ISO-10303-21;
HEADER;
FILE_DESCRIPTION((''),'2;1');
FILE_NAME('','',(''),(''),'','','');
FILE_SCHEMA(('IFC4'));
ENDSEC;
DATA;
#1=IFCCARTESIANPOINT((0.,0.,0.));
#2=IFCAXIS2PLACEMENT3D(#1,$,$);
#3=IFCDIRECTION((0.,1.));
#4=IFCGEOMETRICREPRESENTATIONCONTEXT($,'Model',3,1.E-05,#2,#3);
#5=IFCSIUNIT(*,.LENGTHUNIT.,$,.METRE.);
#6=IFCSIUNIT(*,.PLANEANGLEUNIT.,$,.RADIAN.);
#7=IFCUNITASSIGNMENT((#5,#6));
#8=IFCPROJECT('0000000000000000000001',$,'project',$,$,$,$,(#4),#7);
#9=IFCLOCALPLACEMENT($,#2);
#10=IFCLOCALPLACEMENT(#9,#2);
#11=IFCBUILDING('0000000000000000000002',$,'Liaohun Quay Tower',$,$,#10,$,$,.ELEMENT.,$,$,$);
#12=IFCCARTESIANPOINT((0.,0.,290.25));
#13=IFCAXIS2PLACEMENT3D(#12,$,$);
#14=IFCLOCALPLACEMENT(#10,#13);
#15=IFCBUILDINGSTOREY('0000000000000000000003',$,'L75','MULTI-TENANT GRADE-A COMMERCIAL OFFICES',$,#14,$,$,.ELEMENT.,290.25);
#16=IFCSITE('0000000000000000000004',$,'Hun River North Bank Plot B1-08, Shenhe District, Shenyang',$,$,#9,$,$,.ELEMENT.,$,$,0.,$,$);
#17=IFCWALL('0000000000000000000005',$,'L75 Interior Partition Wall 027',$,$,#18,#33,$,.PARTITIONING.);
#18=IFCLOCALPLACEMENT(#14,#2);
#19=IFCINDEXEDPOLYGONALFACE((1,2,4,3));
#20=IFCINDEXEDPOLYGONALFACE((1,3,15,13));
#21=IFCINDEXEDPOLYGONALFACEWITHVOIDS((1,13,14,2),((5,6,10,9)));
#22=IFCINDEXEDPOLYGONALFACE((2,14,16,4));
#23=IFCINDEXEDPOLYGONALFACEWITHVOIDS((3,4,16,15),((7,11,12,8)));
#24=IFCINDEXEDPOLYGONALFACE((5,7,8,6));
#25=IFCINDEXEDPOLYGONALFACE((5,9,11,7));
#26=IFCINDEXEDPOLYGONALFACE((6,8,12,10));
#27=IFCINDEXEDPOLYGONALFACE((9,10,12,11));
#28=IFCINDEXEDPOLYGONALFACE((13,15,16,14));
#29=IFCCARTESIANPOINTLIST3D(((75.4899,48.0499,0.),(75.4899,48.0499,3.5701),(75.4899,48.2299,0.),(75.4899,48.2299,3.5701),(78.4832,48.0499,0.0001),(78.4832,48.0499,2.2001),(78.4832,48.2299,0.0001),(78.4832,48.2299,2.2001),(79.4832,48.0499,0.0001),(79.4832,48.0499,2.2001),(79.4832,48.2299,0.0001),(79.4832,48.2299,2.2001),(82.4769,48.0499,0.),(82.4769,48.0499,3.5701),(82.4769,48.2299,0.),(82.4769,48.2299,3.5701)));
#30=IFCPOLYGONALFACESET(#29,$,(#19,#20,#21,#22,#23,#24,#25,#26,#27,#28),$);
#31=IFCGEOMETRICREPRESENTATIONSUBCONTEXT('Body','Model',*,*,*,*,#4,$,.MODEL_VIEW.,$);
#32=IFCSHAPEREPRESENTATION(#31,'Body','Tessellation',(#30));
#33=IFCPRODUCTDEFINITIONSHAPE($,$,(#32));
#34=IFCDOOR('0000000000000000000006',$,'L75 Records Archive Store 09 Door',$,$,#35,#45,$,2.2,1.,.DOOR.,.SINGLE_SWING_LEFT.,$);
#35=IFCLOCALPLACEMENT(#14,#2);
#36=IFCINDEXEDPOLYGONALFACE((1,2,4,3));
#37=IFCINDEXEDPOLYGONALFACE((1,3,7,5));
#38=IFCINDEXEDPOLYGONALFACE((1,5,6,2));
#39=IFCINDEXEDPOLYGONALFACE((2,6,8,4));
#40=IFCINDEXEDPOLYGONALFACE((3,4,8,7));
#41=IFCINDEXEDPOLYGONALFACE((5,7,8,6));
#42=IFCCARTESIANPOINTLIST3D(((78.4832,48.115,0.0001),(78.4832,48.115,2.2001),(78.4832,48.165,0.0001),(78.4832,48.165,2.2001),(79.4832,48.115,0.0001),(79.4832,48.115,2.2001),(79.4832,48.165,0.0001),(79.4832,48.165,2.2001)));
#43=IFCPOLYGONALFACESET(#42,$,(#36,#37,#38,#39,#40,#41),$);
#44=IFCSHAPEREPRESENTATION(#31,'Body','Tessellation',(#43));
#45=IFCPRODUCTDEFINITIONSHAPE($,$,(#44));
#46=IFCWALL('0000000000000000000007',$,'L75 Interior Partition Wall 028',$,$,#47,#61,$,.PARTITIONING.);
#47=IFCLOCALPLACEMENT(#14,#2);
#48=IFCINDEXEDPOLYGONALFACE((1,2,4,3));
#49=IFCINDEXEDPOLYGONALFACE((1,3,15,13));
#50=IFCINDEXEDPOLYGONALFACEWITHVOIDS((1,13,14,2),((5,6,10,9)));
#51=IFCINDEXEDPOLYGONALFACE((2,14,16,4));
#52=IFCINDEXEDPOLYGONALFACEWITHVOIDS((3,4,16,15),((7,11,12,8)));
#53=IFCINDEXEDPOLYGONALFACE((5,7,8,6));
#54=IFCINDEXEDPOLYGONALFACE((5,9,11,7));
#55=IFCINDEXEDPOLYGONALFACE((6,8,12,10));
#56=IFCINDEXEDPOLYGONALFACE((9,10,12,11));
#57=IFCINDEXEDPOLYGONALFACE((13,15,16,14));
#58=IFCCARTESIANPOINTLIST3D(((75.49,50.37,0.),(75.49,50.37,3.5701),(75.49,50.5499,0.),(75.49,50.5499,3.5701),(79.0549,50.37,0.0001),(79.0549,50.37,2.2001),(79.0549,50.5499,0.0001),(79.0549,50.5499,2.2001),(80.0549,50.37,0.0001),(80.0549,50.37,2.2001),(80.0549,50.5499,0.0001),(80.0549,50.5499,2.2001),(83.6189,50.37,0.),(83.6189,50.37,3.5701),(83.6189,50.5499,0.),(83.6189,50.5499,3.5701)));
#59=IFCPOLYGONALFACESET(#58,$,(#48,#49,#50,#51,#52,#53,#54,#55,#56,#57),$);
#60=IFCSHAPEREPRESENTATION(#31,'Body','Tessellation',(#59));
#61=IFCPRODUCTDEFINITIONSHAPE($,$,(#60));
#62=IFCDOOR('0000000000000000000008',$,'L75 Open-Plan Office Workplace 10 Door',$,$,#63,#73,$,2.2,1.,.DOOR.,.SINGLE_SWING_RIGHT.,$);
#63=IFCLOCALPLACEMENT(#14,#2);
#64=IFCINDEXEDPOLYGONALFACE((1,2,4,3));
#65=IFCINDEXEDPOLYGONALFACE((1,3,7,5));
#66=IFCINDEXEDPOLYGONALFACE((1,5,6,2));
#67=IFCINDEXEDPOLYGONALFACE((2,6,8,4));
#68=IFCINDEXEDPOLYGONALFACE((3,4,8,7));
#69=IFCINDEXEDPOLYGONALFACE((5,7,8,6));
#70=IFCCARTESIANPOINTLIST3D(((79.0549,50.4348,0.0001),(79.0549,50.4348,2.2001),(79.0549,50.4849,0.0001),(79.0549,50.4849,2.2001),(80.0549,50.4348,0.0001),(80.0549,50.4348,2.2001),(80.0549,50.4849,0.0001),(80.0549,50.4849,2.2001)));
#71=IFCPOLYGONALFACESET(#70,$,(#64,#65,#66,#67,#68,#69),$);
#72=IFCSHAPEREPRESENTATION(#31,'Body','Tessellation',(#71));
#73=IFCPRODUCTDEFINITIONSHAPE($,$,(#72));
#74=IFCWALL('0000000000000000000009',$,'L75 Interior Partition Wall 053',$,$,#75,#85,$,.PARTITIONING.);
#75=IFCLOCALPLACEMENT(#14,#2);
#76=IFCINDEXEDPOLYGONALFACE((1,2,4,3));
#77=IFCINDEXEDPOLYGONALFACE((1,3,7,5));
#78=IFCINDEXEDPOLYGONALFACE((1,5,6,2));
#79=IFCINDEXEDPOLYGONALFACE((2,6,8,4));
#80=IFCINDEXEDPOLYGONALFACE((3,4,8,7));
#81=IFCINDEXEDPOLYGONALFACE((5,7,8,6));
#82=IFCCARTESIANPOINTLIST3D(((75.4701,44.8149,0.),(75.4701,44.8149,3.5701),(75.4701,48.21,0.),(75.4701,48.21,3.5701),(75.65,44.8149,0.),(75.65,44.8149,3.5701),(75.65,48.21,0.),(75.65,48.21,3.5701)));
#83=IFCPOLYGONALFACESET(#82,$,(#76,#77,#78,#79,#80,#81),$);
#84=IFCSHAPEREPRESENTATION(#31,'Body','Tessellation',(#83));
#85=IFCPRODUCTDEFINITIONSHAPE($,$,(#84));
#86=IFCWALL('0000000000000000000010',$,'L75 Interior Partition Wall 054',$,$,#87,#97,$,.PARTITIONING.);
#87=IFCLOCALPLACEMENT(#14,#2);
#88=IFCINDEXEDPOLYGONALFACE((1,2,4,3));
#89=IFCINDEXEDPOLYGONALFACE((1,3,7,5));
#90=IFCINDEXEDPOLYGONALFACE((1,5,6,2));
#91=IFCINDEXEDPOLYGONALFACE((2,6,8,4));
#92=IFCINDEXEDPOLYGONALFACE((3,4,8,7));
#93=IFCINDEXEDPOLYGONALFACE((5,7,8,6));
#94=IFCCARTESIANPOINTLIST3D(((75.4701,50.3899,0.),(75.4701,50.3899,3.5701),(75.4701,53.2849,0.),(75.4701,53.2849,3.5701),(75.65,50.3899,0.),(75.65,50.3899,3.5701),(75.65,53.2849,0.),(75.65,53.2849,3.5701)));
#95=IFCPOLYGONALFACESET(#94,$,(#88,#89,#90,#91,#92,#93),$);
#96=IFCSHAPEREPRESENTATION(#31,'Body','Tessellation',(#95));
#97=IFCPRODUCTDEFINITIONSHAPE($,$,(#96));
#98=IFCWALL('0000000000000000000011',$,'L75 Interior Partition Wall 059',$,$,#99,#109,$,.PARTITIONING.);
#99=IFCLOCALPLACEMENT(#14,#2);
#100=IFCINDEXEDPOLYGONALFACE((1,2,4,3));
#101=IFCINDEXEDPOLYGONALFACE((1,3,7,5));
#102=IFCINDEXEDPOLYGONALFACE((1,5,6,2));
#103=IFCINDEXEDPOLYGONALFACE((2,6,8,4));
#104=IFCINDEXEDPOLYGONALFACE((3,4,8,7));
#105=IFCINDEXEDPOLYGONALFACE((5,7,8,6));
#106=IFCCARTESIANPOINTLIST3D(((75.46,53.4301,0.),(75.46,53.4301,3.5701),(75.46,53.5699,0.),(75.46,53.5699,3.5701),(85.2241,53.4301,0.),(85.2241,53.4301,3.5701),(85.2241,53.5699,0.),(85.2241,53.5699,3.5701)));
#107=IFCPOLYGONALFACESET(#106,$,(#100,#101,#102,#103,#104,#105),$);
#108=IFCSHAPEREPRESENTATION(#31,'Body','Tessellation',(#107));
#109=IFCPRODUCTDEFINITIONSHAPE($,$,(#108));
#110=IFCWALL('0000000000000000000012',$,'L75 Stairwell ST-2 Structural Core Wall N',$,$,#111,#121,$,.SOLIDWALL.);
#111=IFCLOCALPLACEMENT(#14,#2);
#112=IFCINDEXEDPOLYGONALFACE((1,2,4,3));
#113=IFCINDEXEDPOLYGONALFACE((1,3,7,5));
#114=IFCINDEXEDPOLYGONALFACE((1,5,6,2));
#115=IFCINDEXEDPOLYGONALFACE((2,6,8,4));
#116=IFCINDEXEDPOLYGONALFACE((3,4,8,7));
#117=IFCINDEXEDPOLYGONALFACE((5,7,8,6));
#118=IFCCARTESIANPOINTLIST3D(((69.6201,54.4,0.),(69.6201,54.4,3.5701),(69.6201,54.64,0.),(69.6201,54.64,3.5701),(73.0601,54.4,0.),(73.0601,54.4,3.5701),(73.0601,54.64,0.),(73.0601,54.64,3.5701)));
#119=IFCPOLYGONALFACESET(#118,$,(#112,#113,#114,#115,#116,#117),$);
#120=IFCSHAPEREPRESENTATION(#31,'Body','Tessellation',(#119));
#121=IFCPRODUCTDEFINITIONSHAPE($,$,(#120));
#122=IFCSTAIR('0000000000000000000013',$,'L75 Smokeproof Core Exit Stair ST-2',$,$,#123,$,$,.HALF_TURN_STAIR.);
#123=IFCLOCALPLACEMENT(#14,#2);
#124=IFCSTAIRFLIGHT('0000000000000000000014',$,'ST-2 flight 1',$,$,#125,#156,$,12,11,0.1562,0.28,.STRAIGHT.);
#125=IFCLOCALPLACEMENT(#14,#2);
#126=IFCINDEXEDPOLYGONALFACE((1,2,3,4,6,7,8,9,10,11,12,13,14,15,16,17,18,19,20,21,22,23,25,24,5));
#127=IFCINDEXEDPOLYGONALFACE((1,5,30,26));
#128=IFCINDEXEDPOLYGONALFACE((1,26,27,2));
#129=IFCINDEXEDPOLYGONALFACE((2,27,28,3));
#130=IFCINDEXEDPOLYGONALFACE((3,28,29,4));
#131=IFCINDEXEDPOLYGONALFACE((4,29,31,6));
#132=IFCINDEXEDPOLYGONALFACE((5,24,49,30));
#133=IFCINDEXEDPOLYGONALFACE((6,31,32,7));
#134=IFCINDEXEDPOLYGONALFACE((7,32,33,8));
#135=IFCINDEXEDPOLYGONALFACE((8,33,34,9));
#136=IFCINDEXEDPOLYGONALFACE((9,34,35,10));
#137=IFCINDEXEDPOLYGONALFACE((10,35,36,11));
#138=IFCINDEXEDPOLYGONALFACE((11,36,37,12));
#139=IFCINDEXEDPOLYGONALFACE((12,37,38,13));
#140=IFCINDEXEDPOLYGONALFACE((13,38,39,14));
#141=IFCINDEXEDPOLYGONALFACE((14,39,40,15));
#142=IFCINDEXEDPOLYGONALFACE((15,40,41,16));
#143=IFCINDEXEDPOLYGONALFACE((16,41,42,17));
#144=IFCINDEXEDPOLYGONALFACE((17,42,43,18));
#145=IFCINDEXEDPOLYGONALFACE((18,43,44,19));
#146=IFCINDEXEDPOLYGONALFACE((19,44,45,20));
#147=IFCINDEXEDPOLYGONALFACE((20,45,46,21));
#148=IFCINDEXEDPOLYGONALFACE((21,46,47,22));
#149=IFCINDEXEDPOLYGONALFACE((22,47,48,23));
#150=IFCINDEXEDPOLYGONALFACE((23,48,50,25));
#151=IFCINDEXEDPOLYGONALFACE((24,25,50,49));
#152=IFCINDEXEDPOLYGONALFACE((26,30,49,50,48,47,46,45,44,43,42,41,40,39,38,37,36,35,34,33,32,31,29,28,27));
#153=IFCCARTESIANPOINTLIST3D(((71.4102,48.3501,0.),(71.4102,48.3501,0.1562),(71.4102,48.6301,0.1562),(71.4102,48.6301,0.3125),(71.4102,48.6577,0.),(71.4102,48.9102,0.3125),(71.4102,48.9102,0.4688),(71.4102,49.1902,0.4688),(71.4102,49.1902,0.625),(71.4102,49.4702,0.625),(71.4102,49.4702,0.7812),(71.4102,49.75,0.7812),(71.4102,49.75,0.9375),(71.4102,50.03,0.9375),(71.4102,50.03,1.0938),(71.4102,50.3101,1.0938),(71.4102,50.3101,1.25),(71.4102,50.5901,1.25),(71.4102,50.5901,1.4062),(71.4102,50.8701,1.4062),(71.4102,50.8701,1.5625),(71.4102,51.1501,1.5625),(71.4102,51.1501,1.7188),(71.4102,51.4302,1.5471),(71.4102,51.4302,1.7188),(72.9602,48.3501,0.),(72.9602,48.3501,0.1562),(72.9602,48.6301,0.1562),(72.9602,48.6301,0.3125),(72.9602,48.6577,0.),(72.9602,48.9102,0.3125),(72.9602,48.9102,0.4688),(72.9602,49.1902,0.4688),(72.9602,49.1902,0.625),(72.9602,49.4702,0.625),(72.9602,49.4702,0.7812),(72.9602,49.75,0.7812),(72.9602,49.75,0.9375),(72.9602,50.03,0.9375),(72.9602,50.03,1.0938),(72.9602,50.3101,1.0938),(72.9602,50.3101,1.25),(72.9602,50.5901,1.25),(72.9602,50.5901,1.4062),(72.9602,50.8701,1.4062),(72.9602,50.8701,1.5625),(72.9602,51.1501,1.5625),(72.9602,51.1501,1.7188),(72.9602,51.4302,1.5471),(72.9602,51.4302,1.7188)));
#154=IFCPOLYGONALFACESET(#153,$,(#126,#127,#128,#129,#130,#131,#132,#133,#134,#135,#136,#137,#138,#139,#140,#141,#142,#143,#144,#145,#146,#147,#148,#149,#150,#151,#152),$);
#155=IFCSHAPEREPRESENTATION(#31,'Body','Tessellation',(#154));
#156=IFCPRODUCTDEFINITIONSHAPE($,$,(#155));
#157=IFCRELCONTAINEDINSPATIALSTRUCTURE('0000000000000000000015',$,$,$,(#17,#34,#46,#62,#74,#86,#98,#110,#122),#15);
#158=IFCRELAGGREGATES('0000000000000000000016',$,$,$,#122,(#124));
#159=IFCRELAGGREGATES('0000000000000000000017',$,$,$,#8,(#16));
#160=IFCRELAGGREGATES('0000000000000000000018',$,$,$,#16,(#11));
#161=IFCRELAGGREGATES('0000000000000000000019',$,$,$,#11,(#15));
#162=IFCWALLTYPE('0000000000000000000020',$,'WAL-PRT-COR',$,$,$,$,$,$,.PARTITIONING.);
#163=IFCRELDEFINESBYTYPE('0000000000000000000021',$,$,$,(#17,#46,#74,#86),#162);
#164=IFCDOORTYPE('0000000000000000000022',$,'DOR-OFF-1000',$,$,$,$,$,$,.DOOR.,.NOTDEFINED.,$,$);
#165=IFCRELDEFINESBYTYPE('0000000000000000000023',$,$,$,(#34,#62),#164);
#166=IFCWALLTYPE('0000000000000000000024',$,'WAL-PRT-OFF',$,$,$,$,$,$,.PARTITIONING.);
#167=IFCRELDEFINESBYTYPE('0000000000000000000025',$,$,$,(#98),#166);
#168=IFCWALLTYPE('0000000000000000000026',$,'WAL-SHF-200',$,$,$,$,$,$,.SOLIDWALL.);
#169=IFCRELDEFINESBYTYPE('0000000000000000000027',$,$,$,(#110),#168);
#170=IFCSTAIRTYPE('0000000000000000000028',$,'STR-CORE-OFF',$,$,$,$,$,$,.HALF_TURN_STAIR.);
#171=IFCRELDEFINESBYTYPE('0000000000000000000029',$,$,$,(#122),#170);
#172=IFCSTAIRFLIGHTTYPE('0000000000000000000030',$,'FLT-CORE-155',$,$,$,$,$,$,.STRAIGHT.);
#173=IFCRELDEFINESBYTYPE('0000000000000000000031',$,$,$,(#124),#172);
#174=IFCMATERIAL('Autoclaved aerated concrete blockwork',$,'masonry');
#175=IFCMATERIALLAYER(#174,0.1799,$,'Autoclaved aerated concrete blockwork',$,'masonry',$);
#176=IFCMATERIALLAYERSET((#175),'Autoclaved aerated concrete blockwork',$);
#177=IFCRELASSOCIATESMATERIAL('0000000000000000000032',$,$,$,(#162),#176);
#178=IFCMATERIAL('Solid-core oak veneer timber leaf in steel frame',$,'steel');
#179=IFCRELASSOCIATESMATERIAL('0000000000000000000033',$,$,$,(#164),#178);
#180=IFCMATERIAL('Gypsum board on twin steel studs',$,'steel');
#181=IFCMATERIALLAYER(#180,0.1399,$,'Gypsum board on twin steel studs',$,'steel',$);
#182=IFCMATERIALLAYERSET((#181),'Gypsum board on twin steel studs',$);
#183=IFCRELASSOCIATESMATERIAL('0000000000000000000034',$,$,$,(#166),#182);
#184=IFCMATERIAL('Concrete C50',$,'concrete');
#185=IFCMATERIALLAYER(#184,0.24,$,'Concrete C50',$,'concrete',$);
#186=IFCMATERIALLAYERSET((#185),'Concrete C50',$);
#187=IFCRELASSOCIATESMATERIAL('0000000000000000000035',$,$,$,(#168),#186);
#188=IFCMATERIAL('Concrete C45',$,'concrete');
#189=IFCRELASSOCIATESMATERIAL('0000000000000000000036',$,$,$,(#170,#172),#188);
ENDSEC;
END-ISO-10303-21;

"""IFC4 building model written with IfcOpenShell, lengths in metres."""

from ifc_helpers import new_model, si_unit, direction, frame, frame_2d, origin, place, context, subcontext, project, spatial, polyline, rectangle, outline, extrude, source, transform, mapped, material, layer, layer_set, type_object, element, fill, aggregate, save


model = new_model("IFC4")

# Units and contexts
model_context = context("Model", 3, precision=1e-05, world=origin(), true_north=direction((0.0, 1.0)))
body_context = subcontext(model_context, "Body", "Model", "MODEL_VIEW")
ifc_project = project(units=[si_unit("LENGTHUNIT", "METRE"), si_unit("PLANEANGLEUNIT", "RADIAN")], contexts=[model_context])

# Site, building, storey
site_placement = place(None, origin())
site = spatial("IfcSite", under=ifc_project, at=site_placement, Name="Hun River North Bank Plot B1-08, Shenhe District, Shenyang", CompositionType="ELEMENT", RefElevation=0.0)
building_placement = place(site_placement, origin())
building = spatial("IfcBuilding", under=site, at=building_placement, Name="Liaohun Quay Tower", CompositionType="ELEMENT")
storey_placement = place(building_placement, frame((0.0, 0.0, 290.25)))
storey = spatial("IfcBuildingStorey", under=building, at=storey_placement, Name="L75", Description="MULTI-TENANT GRADE-A COMMERCIAL OFFICES", CompositionType="ELEMENT", Elevation=290.25)

# Walls, openings, doors
ifc_material_1 = material(Name="Autoclaved aerated concrete blockwork", Category="masonry")
ifc_layer_1 = layer(ifc_material_1, 0.1799, Name="Autoclaved aerated concrete blockwork", Category="masonry")
ifc_layer_set_1 = layer_set([ifc_layer_1], Name="Autoclaved aerated concrete blockwork")
wall_type_1 = type_object("IfcWallType", Name="WAL-PRT-COR", PredefinedType="PARTITIONING", material=ifc_layer_set_1)
wall_1_placement = place(storey_placement, frame((82.4771, 48.1399, 0.0), z_axis=(0.0, 0.0, 1.0), x_axis=(-1.0, 0.0, 0.0)))
wall_1 = element("IfcWall", 1, at=wall_1_placement, inside=storey, type_object=wall_type_1, Name="L75 Interior Partition Wall 027", PredefinedType="PARTITIONING", context=body_context, shape_type="SweptSolid", body=[
    extrude(rectangle(XDim=6.9871, YDim=0.1799, at=frame_2d((3.4937, 0.0))), origin(), (0.0, 0.0, 1.0), 3.5701),
])
shared_shape_1 = source(origin(), body_context, "Body", "SweptSolid", [
    extrude(rectangle(XDim=1.0, YDim=2.2, at=frame_2d((0.5, 1.1001))), frame((0.0, 0.0999, 0.0), z_axis=(0.0, -1.0, 0.0), x_axis=(1.0, 0.0, 0.0)), (0.0, 0.0, 1.0), 0.2),
])
opening_1_placement = place(wall_1_placement, frame((2.9939, 0.0, 0.0)))
opening_1 = element("IfcOpeningElement", 2, at=opening_1_placement, cuts=wall_1, PredefinedType="OPENING", context=body_context, shape_type="MappedRepresentation", body=[
    mapped(shared_shape_1, transform((0.0, 0.0, 0.0), x_axis=(1.0, 0.0, 0.0), y_axis=(0.0, 1.0, 0.0), z_axis=(0.0, 0.0, 1.0), scale=1.0)),
])
ifc_material_2 = material(Name="Solid-core oak veneer timber leaf in steel frame", Category="steel")
door_type = type_object("IfcDoorType", Name="DOR-OFF-1000", OperationType="NOTDEFINED", PredefinedType="DOOR", material=ifc_material_2)
shared_shape_2 = source(origin(), body_context, "Body", "SweptSolid", [
    extrude(rectangle(XDim=1.0, YDim=2.2, at=frame_2d((0.5, 1.1001))), frame((0.0, 0.0249, 0.0), z_axis=(0.0, -1.0, 0.0), x_axis=(1.0, 0.0, 0.0)), (0.0, 0.0, 1.0), 0.05),
])
door_1_placement = place(opening_1_placement, origin())
door_1 = element("IfcDoor", 3, at=door_1_placement, inside=storey, type_object=door_type, Name="L75 Records Archive Store 09 Door", OperationType="SINGLE_SWING_LEFT", OverallHeight=2.2, OverallWidth=1.0, PredefinedType="DOOR", context=body_context, shape_type="MappedRepresentation", body=[
    mapped(shared_shape_2, transform((0.0, 0.0, 0.0), x_axis=(1.0, 0.0, 0.0), y_axis=(0.0, 1.0, 0.0), z_axis=(0.0, 0.0, 1.0), scale=1.0)),
])
fill(opening_1, door_1)
wall_2_placement = place(storey_placement, frame((75.49, 50.46, 0.0), z_axis=(0.0, 0.0, 1.0), x_axis=(1.0, 0.0, 0.0)))
wall_2 = element("IfcWall", 4, at=wall_2_placement, inside=storey, type_object=wall_type_1, Name="L75 Interior Partition Wall 028", PredefinedType="PARTITIONING", context=body_context, shape_type="SweptSolid", body=[
    extrude(rectangle(XDim=8.1289, YDim=0.1799, at=frame_2d((4.0645, 0.0))), origin(), (0.0, 0.0, 1.0), 3.5701),
])
opening_2_placement = place(wall_2_placement, frame((3.5649, 0.0, 0.0)))
opening_2 = element("IfcOpeningElement", 5, at=opening_2_placement, cuts=wall_2, PredefinedType="OPENING", context=body_context, shape_type="MappedRepresentation", body=[
    mapped(shared_shape_1, transform((0.0, 0.0, 0.0), x_axis=(1.0, 0.0, 0.0), y_axis=(0.0, 1.0, 0.0), z_axis=(0.0, 0.0, 1.0), scale=1.0)),
])
door_2_placement = place(opening_2_placement, origin())
door_2 = element("IfcDoor", 6, at=door_2_placement, inside=storey, type_object=door_type, Name="L75 Open-Plan Office Workplace 10 Door", OperationType="SINGLE_SWING_RIGHT", OverallHeight=2.2, OverallWidth=1.0, PredefinedType="DOOR", context=body_context, shape_type="MappedRepresentation", body=[
    mapped(shared_shape_2, transform((0.0, 0.0, 0.0), x_axis=(1.0, 0.0, 0.0), y_axis=(0.0, 1.0, 0.0), z_axis=(0.0, 0.0, 1.0), scale=1.0)),
])
fill(opening_2, door_2)

# Walls
wall_3_placement = place(storey_placement, frame((75.5601, 48.21, 0.0), z_axis=(0.0, 0.0, 1.0), x_axis=(0.0, -1.0, 0.0)))
element("IfcWall", 7, at=wall_3_placement, inside=storey, type_object=wall_type_1, Name="L75 Interior Partition Wall 053", PredefinedType="PARTITIONING", context=body_context, shape_type="SweptSolid", body=[
    extrude(rectangle(XDim=3.395, YDim=0.1799, at=frame_2d((1.6975, 0.0))), origin(), (0.0, 0.0, 1.0), 3.5701),
])
wall_4_placement = place(storey_placement, frame((75.5601, 53.2849, 0.0), z_axis=(0.0, 0.0, 1.0), x_axis=(0.0, -1.0, 0.0)))
element("IfcWall", 8, at=wall_4_placement, inside=storey, type_object=wall_type_1, Name="L75 Interior Partition Wall 054", PredefinedType="PARTITIONING", context=body_context, shape_type="SweptSolid", body=[
    extrude(rectangle(XDim=2.895, YDim=0.1799, at=frame_2d((1.4475, 0.0))), origin(), (0.0, 0.0, 1.0), 3.5701),
])
ifc_material_3 = material(Name="Gypsum board on twin steel studs", Category="steel")
ifc_layer_2 = layer(ifc_material_3, 0.1399, Name="Gypsum board on twin steel studs", Category="steel")
ifc_layer_set_2 = layer_set([ifc_layer_2], Name="Gypsum board on twin steel studs")
wall_type_2 = type_object("IfcWallType", Name="WAL-PRT-OFF", PredefinedType="PARTITIONING", material=ifc_layer_set_2)
wall_5_placement = place(storey_placement, frame((75.46, 53.5, 0.0), z_axis=(0.0, 0.0, 1.0), x_axis=(1.0, 0.0, 0.0)))
element("IfcWall", 9, at=wall_5_placement, inside=storey, type_object=wall_type_2, Name="L75 Interior Partition Wall 059", PredefinedType="PARTITIONING", context=body_context, shape_type="SweptSolid", body=[
    extrude(rectangle(XDim=9.7642, YDim=0.1399, at=frame_2d((4.8821, 0.0))), origin(), (0.0, 0.0, 1.0), 3.5701),
])
ifc_material_4 = material(Name="Concrete C50", Category="concrete")
ifc_layer_3 = layer(ifc_material_4, 0.24, Name="Concrete C50", Category="concrete")
ifc_layer_set_3 = layer_set([ifc_layer_3], Name="Concrete C50")
wall_type_3 = type_object("IfcWallType", Name="WAL-SHF-200", PredefinedType="SOLIDWALL", material=ifc_layer_set_3)
wall_6_placement = place(storey_placement, frame((73.0601, 54.52, 0.0), z_axis=(0.0, 0.0, 1.0), x_axis=(-1.0, 0.0, 0.0)))
element("IfcWall", 10, at=wall_6_placement, inside=storey, type_object=wall_type_3, Name="L75 Stairwell ST-2 Structural Core Wall N", PredefinedType="SOLIDWALL", context=body_context, shape_type="SweptSolid", body=[
    extrude(rectangle(XDim=3.4399, YDim=0.24, at=frame_2d((1.72, 0.0))), origin(), (0.0, 0.0, 1.0), 3.5701),
])

# Stair, stair flight
ifc_material_5 = material(Name="Concrete C45", Category="concrete")
stair_type = type_object("IfcStairType", Name="STR-CORE-OFF", PredefinedType="HALF_TURN_STAIR", material=ifc_material_5)
stair_placement = place(storey_placement, origin())
stair = element("IfcStair", 11, at=stair_placement, inside=storey, type_object=stair_type, Name="L75 Smokeproof Core Exit Stair ST-2", PredefinedType="HALF_TURN_STAIR")
stair_flight_type = type_object("IfcStairFlightType", Name="FLT-CORE-155", PredefinedType="STRAIGHT", material=ifc_material_5)
stair_flight_1_placement = place(storey_placement, frame((72.1851, 48.3501, 0.0), z_axis=(0.0, 0.0, 1.0), x_axis=(0.0, 1.0, 0.0)))
stair_flight_1 = element("IfcStairFlight", 12, at=stair_flight_1_placement, type_object=stair_flight_type, Name="ST-2 flight 1", NumberOfRisers=12, NumberOfTreads=11, PredefinedType="STRAIGHT", RiserHeight=0.1562, TreadLength=0.28, context=body_context, shape_type="SweptSolid", body=[
    extrude(outline(polyline([(0.0, 0.0), (0.0, 0.1562), (0.28, 0.1562), (0.28, 0.3125), (0.5601, 0.3125), (0.5601, 0.4688), (0.8401, 0.4688), (0.8401, 0.625), (1.1201, 0.625), (1.1201, 0.7812), (1.3999, 0.7812), (1.3999, 0.9375), (1.6799, 0.9375), (1.6799, 1.0938), (1.96, 1.0938), (1.96, 1.25), (2.24, 1.25), (2.24, 1.4062), (2.52, 1.4062), (2.52, 1.5625), (2.8, 1.5625), (2.8, 1.7188), (3.0801, 1.7188), (3.0801, 1.875), (3.0801, 1.5471), (0.3076, 0.0), (0.0, 0.0)])), frame((0.0, 0.7749, 0.0), z_axis=(0.0, -1.0, 0.0), x_axis=(1.0, 0.0, 0.0)), (0.0, 0.0, 1.0), 1.55),
])
aggregate(stair, [stair_flight_1])

save(model, "model.ifc")
